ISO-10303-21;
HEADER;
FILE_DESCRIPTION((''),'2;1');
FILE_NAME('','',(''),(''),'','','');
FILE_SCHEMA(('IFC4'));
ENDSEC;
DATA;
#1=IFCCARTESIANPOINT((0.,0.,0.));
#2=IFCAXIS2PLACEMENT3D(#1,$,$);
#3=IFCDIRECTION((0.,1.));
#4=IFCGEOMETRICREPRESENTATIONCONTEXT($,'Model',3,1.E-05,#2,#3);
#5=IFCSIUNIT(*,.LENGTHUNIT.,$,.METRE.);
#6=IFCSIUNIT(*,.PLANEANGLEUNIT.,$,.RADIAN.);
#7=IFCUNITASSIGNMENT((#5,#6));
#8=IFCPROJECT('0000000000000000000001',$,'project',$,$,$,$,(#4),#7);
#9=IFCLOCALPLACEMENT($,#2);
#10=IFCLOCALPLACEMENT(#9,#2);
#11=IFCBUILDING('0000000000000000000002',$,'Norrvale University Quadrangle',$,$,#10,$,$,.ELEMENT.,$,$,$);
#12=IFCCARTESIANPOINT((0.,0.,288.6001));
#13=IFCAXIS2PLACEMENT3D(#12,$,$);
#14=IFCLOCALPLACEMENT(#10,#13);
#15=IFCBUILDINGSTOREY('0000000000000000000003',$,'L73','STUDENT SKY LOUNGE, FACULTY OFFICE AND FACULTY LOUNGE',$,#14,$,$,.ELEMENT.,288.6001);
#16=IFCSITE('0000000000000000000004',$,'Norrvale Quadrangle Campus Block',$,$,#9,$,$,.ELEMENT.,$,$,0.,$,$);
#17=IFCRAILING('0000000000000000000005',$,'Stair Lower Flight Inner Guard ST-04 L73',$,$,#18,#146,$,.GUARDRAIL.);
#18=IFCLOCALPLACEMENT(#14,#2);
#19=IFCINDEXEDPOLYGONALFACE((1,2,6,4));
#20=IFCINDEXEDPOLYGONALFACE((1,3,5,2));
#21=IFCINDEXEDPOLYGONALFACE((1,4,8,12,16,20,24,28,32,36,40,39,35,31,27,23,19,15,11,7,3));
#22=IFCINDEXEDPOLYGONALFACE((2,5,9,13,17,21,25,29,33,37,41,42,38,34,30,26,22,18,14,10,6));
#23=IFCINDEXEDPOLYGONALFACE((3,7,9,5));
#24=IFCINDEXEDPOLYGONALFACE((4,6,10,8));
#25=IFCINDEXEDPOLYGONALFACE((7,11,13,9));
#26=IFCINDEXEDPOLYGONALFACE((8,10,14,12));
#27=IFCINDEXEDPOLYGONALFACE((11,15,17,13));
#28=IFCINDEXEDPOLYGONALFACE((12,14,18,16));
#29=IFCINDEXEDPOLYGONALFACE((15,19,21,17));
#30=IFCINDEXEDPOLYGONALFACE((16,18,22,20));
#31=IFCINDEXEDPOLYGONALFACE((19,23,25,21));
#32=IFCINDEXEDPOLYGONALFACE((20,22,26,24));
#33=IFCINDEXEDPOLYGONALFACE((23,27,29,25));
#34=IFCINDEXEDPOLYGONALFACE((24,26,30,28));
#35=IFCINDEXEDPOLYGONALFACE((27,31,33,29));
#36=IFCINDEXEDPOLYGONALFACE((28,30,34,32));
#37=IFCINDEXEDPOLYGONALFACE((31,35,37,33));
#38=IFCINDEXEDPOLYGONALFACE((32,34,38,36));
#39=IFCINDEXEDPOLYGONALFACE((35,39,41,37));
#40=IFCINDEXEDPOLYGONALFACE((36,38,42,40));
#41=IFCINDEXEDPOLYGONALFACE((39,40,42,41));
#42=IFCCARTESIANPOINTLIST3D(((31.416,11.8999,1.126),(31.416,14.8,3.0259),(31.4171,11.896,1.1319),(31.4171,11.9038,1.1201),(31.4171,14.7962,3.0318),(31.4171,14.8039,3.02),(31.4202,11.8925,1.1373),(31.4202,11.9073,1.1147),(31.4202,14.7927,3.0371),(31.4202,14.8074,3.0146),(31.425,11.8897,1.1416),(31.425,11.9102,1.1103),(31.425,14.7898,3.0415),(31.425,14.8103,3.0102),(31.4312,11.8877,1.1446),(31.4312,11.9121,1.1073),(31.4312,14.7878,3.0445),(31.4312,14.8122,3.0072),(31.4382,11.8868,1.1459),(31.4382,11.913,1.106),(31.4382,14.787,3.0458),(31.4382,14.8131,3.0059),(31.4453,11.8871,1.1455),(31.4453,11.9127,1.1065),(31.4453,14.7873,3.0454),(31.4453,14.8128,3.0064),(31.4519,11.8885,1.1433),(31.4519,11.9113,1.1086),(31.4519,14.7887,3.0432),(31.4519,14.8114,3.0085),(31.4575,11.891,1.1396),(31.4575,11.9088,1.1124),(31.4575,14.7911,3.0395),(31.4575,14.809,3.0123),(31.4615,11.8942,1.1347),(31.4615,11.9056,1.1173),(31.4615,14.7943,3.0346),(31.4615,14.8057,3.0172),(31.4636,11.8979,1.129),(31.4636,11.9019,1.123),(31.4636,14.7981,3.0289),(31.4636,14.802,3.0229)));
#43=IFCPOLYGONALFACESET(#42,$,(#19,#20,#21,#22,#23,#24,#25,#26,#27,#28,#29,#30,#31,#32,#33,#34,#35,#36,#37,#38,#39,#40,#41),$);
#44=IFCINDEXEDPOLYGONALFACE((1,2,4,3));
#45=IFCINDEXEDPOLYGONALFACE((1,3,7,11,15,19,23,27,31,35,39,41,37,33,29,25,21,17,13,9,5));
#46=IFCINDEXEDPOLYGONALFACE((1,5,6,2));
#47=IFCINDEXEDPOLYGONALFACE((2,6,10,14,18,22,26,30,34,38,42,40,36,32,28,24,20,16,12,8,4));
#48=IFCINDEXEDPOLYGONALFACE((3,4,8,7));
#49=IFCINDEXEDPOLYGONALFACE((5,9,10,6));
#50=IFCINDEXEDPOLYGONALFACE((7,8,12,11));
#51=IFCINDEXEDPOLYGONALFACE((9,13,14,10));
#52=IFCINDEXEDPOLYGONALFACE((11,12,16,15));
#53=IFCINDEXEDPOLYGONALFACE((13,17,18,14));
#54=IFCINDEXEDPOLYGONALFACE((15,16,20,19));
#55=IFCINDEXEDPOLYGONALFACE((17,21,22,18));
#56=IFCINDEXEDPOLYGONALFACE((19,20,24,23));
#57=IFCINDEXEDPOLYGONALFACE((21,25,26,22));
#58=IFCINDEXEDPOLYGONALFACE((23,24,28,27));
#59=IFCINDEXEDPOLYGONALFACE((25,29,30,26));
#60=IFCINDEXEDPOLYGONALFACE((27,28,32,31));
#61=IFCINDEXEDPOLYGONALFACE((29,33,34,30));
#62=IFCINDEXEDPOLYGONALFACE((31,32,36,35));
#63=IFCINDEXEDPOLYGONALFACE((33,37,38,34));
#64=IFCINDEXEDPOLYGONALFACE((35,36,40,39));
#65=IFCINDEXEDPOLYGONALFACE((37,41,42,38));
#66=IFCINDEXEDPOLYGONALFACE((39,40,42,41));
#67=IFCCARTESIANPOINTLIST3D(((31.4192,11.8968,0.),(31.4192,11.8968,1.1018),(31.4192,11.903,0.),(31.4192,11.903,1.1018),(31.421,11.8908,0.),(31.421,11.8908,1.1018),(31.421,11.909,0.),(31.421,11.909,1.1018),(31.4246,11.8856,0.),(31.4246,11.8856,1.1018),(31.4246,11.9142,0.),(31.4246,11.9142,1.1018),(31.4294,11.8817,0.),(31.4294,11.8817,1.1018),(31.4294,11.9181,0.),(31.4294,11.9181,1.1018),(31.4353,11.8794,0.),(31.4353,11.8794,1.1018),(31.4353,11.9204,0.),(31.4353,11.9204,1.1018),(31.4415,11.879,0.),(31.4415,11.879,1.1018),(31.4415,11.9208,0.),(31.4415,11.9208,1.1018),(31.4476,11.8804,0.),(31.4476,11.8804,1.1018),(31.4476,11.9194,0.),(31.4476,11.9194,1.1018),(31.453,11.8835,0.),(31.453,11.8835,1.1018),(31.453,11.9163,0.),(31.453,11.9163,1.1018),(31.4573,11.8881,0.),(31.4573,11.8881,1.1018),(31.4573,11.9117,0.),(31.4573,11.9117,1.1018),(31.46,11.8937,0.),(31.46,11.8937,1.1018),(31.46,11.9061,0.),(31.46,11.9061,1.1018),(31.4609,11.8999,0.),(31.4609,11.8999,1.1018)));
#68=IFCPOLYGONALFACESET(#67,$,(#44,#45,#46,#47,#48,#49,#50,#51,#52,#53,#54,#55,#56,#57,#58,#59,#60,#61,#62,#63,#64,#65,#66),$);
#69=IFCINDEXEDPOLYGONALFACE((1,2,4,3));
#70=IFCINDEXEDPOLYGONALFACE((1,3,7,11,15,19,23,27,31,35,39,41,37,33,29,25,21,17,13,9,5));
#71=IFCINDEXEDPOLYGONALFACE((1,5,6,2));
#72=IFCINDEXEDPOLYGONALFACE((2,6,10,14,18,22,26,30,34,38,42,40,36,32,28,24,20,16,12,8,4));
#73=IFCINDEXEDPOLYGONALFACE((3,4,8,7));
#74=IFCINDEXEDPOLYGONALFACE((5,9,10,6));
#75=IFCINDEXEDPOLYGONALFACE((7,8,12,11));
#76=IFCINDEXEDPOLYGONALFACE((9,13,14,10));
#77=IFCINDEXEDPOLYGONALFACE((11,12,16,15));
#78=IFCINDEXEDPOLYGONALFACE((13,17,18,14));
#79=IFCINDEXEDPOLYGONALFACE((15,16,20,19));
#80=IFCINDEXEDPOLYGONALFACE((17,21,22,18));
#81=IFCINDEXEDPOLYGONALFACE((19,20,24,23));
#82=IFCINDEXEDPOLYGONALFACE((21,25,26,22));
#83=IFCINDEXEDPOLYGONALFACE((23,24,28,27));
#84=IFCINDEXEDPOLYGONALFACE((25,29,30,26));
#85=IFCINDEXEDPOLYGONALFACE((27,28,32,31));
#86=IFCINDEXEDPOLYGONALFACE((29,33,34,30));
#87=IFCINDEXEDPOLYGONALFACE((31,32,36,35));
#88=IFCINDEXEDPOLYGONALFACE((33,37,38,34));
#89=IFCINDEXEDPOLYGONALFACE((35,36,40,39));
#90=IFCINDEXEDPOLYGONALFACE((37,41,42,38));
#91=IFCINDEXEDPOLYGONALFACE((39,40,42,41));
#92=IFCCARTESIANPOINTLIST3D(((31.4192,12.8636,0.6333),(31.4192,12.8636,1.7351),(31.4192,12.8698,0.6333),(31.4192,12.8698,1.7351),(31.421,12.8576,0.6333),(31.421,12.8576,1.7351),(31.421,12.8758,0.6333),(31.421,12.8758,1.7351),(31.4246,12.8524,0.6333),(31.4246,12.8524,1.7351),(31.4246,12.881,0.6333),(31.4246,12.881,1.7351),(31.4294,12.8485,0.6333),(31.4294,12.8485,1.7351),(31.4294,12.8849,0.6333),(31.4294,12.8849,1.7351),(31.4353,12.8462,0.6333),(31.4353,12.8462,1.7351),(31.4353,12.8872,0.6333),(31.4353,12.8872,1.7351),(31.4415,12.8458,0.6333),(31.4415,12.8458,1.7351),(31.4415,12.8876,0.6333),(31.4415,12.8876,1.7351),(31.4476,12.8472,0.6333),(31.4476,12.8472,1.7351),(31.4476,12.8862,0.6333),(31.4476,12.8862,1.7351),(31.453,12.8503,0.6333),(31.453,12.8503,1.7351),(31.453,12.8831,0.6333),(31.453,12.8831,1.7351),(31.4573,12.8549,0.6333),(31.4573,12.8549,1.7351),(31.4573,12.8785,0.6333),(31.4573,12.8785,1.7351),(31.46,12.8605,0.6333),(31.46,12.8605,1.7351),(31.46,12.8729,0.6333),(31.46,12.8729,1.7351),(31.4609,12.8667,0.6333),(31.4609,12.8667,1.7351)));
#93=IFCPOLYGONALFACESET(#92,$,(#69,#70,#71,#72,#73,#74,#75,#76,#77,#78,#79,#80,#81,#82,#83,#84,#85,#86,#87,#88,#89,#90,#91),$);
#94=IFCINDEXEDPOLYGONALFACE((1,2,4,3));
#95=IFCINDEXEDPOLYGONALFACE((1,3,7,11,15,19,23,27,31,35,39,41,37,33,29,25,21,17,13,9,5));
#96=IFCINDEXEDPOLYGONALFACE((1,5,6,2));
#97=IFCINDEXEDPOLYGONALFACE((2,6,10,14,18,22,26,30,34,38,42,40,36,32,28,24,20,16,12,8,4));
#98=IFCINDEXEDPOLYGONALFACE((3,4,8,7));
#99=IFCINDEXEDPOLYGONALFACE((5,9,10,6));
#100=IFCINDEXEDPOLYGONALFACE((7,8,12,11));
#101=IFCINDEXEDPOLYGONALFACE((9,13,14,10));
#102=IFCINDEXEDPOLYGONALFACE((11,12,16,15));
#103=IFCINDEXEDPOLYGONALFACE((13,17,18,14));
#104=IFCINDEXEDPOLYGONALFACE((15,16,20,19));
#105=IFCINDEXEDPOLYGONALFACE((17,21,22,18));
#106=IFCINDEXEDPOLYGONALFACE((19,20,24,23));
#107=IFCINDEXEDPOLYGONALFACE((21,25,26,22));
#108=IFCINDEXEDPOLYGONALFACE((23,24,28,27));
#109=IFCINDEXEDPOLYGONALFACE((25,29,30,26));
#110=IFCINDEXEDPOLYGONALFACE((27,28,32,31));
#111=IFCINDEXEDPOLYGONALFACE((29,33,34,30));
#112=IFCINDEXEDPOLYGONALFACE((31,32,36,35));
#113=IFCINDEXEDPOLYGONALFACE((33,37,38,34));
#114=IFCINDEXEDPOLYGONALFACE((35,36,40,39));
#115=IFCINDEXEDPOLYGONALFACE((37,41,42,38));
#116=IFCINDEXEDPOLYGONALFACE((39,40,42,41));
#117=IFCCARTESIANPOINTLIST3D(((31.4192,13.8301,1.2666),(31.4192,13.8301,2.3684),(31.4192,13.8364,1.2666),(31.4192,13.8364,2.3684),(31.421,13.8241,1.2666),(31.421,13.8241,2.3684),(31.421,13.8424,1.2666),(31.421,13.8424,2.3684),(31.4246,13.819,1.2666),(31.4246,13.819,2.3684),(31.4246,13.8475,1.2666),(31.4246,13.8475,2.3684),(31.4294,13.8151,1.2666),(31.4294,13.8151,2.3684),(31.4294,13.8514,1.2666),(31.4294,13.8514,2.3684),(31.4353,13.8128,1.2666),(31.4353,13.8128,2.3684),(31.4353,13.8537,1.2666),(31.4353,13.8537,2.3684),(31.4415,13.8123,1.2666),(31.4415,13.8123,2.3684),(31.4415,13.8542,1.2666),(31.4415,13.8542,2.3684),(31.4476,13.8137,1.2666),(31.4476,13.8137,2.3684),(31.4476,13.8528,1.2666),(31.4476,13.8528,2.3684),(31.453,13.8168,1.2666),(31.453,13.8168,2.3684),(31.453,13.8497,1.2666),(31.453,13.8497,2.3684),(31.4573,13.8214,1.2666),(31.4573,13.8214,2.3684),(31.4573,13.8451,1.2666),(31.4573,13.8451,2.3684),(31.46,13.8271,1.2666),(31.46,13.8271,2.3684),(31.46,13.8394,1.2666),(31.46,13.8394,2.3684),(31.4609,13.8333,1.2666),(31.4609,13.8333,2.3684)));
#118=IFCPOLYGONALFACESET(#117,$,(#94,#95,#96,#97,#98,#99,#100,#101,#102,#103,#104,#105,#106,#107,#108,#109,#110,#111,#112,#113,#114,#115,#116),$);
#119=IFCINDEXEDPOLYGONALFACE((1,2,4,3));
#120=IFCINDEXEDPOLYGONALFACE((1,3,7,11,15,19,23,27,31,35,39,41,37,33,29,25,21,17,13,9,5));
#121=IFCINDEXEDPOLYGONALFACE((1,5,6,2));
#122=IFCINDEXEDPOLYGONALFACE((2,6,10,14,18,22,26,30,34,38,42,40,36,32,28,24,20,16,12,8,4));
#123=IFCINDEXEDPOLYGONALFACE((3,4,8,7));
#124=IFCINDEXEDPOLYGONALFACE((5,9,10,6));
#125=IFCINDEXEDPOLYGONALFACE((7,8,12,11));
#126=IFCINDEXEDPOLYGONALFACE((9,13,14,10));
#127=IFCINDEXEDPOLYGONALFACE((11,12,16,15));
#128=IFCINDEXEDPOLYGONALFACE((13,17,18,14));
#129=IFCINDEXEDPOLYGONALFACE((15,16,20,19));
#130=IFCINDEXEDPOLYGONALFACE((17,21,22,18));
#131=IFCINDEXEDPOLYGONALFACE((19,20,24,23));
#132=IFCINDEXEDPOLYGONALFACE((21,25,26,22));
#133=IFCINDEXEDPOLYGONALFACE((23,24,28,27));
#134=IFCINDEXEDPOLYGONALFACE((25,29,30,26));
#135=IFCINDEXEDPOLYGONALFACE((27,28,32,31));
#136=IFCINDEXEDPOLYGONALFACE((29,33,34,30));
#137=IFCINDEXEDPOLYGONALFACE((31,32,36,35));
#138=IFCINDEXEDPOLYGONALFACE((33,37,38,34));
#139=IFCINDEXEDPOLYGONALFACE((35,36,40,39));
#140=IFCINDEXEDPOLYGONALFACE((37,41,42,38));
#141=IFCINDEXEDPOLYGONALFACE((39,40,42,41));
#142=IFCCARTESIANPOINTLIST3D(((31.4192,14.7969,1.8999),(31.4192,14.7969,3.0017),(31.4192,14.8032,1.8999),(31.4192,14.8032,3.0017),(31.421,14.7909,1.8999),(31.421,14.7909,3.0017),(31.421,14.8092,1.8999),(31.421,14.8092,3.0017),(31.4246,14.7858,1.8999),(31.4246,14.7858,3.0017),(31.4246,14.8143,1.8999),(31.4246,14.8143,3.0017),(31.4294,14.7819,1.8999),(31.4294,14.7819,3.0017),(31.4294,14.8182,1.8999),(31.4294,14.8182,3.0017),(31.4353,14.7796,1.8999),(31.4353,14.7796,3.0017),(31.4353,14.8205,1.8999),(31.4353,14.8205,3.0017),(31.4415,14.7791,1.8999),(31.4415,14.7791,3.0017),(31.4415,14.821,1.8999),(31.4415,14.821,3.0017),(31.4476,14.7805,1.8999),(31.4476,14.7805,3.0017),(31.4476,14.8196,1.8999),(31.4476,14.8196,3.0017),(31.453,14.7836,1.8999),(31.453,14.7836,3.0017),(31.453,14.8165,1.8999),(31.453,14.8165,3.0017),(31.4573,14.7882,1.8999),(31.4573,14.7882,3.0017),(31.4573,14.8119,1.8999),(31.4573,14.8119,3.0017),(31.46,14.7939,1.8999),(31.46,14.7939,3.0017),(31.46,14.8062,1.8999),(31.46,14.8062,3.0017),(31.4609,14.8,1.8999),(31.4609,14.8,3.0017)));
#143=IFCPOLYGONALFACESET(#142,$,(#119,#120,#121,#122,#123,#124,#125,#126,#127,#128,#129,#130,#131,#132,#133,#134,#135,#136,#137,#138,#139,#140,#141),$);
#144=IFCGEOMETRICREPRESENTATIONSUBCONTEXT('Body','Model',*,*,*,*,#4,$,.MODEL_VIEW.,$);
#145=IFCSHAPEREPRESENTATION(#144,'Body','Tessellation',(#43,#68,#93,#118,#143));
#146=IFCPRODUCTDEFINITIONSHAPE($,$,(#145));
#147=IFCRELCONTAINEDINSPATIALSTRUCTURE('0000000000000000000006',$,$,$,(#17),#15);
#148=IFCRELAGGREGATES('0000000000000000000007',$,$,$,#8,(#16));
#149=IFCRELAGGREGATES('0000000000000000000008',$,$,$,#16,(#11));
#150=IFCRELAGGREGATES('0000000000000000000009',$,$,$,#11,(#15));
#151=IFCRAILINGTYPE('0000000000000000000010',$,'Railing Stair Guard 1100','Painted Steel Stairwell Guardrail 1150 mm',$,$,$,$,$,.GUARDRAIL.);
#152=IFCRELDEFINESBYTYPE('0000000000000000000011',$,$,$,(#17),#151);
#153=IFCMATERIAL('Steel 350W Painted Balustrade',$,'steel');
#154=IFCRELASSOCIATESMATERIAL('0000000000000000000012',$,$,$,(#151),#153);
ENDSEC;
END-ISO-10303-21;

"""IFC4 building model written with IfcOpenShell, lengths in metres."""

from ifc_helpers import new_model, si_unit, direction, frame, origin, origin_2d, place, context, subcontext, project, spatial, circle, extrude, material, type_object, element, save


model = new_model("IFC4")

# Units and contexts
model_context = context("Model", 3, precision=1e-05, world=origin(), true_north=direction((0.0, 1.0)))
body_context = subcontext(model_context, "Body", "Model", "MODEL_VIEW")
ifc_project = project(units=[si_unit("LENGTHUNIT", "METRE"), si_unit("PLANEANGLEUNIT", "RADIAN")], contexts=[model_context])

# Site, building, storey
site_placement = place(None, origin())
site = spatial("IfcSite", under=ifc_project, at=site_placement, Name="Norrvale Quadrangle Campus Block", CompositionType="ELEMENT", RefElevation=0.0)
building_placement = place(site_placement, origin())
building = spatial("IfcBuilding", under=site, at=building_placement, Name="Norrvale University Quadrangle", CompositionType="ELEMENT")
storey_placement = place(building_placement, frame((0.0, 0.0, 288.6001)))
storey = spatial("IfcBuildingStorey", under=building, at=storey_placement, Name="L73", Description="STUDENT SKY LOUNGE, FACULTY OFFICE AND FACULTY LOUNGE", CompositionType="ELEMENT", Elevation=288.6001)

# Railing
ifc_material_1 = material(Name="Steel 350W Painted Balustrade", Category="steel")
railing_type_1 = type_object("IfcRailingType", Name="Railing Stair Guard 1100", Description="Painted Steel Stairwell Guardrail 1150 mm", PredefinedType="GUARDRAIL", material=ifc_material_1)
railing_1_placement = place(storey_placement, frame((31.4399, 11.8999, 0.0)))
element("IfcRailing", 1, at=railing_1_placement, inside=storey, type_object=railing_type_1, Name="Stair Lower Flight Inner Guard ST-04 L73", PredefinedType="GUARDRAIL", context=body_context, shape_type="SweptSolid", body=[
    extrude(circle(Radius=0.0239, at=origin_2d()), frame((0.0, 0.0, 1.126), z_axis=(0.0, 0.836487, 0.547987), x_axis=(-1.0, 0.0, 0.0)), (0.0, 0.0, 1.0), 3.467),
    extrude(circle(Radius=0.021, at=origin_2d()), origin(), (0.0, 0.0, 1.0), 1.1018),
    extrude(circle(Radius=0.021, at=origin_2d()), frame((0.0, 0.9668, 0.6333)), (0.0, 0.0, 1.0), 1.1018),
    extrude(circle(Radius=0.021, at=origin_2d()), frame((0.0, 1.9333, 1.2666)), (0.0, 0.0, 1.0), 1.1018),
    extrude(circle(Radius=0.021, at=origin_2d()), frame((0.0, 2.9001, 1.8999)), (0.0, 0.0, 1.0), 1.1018),
])

save(model, "model.ifc")
